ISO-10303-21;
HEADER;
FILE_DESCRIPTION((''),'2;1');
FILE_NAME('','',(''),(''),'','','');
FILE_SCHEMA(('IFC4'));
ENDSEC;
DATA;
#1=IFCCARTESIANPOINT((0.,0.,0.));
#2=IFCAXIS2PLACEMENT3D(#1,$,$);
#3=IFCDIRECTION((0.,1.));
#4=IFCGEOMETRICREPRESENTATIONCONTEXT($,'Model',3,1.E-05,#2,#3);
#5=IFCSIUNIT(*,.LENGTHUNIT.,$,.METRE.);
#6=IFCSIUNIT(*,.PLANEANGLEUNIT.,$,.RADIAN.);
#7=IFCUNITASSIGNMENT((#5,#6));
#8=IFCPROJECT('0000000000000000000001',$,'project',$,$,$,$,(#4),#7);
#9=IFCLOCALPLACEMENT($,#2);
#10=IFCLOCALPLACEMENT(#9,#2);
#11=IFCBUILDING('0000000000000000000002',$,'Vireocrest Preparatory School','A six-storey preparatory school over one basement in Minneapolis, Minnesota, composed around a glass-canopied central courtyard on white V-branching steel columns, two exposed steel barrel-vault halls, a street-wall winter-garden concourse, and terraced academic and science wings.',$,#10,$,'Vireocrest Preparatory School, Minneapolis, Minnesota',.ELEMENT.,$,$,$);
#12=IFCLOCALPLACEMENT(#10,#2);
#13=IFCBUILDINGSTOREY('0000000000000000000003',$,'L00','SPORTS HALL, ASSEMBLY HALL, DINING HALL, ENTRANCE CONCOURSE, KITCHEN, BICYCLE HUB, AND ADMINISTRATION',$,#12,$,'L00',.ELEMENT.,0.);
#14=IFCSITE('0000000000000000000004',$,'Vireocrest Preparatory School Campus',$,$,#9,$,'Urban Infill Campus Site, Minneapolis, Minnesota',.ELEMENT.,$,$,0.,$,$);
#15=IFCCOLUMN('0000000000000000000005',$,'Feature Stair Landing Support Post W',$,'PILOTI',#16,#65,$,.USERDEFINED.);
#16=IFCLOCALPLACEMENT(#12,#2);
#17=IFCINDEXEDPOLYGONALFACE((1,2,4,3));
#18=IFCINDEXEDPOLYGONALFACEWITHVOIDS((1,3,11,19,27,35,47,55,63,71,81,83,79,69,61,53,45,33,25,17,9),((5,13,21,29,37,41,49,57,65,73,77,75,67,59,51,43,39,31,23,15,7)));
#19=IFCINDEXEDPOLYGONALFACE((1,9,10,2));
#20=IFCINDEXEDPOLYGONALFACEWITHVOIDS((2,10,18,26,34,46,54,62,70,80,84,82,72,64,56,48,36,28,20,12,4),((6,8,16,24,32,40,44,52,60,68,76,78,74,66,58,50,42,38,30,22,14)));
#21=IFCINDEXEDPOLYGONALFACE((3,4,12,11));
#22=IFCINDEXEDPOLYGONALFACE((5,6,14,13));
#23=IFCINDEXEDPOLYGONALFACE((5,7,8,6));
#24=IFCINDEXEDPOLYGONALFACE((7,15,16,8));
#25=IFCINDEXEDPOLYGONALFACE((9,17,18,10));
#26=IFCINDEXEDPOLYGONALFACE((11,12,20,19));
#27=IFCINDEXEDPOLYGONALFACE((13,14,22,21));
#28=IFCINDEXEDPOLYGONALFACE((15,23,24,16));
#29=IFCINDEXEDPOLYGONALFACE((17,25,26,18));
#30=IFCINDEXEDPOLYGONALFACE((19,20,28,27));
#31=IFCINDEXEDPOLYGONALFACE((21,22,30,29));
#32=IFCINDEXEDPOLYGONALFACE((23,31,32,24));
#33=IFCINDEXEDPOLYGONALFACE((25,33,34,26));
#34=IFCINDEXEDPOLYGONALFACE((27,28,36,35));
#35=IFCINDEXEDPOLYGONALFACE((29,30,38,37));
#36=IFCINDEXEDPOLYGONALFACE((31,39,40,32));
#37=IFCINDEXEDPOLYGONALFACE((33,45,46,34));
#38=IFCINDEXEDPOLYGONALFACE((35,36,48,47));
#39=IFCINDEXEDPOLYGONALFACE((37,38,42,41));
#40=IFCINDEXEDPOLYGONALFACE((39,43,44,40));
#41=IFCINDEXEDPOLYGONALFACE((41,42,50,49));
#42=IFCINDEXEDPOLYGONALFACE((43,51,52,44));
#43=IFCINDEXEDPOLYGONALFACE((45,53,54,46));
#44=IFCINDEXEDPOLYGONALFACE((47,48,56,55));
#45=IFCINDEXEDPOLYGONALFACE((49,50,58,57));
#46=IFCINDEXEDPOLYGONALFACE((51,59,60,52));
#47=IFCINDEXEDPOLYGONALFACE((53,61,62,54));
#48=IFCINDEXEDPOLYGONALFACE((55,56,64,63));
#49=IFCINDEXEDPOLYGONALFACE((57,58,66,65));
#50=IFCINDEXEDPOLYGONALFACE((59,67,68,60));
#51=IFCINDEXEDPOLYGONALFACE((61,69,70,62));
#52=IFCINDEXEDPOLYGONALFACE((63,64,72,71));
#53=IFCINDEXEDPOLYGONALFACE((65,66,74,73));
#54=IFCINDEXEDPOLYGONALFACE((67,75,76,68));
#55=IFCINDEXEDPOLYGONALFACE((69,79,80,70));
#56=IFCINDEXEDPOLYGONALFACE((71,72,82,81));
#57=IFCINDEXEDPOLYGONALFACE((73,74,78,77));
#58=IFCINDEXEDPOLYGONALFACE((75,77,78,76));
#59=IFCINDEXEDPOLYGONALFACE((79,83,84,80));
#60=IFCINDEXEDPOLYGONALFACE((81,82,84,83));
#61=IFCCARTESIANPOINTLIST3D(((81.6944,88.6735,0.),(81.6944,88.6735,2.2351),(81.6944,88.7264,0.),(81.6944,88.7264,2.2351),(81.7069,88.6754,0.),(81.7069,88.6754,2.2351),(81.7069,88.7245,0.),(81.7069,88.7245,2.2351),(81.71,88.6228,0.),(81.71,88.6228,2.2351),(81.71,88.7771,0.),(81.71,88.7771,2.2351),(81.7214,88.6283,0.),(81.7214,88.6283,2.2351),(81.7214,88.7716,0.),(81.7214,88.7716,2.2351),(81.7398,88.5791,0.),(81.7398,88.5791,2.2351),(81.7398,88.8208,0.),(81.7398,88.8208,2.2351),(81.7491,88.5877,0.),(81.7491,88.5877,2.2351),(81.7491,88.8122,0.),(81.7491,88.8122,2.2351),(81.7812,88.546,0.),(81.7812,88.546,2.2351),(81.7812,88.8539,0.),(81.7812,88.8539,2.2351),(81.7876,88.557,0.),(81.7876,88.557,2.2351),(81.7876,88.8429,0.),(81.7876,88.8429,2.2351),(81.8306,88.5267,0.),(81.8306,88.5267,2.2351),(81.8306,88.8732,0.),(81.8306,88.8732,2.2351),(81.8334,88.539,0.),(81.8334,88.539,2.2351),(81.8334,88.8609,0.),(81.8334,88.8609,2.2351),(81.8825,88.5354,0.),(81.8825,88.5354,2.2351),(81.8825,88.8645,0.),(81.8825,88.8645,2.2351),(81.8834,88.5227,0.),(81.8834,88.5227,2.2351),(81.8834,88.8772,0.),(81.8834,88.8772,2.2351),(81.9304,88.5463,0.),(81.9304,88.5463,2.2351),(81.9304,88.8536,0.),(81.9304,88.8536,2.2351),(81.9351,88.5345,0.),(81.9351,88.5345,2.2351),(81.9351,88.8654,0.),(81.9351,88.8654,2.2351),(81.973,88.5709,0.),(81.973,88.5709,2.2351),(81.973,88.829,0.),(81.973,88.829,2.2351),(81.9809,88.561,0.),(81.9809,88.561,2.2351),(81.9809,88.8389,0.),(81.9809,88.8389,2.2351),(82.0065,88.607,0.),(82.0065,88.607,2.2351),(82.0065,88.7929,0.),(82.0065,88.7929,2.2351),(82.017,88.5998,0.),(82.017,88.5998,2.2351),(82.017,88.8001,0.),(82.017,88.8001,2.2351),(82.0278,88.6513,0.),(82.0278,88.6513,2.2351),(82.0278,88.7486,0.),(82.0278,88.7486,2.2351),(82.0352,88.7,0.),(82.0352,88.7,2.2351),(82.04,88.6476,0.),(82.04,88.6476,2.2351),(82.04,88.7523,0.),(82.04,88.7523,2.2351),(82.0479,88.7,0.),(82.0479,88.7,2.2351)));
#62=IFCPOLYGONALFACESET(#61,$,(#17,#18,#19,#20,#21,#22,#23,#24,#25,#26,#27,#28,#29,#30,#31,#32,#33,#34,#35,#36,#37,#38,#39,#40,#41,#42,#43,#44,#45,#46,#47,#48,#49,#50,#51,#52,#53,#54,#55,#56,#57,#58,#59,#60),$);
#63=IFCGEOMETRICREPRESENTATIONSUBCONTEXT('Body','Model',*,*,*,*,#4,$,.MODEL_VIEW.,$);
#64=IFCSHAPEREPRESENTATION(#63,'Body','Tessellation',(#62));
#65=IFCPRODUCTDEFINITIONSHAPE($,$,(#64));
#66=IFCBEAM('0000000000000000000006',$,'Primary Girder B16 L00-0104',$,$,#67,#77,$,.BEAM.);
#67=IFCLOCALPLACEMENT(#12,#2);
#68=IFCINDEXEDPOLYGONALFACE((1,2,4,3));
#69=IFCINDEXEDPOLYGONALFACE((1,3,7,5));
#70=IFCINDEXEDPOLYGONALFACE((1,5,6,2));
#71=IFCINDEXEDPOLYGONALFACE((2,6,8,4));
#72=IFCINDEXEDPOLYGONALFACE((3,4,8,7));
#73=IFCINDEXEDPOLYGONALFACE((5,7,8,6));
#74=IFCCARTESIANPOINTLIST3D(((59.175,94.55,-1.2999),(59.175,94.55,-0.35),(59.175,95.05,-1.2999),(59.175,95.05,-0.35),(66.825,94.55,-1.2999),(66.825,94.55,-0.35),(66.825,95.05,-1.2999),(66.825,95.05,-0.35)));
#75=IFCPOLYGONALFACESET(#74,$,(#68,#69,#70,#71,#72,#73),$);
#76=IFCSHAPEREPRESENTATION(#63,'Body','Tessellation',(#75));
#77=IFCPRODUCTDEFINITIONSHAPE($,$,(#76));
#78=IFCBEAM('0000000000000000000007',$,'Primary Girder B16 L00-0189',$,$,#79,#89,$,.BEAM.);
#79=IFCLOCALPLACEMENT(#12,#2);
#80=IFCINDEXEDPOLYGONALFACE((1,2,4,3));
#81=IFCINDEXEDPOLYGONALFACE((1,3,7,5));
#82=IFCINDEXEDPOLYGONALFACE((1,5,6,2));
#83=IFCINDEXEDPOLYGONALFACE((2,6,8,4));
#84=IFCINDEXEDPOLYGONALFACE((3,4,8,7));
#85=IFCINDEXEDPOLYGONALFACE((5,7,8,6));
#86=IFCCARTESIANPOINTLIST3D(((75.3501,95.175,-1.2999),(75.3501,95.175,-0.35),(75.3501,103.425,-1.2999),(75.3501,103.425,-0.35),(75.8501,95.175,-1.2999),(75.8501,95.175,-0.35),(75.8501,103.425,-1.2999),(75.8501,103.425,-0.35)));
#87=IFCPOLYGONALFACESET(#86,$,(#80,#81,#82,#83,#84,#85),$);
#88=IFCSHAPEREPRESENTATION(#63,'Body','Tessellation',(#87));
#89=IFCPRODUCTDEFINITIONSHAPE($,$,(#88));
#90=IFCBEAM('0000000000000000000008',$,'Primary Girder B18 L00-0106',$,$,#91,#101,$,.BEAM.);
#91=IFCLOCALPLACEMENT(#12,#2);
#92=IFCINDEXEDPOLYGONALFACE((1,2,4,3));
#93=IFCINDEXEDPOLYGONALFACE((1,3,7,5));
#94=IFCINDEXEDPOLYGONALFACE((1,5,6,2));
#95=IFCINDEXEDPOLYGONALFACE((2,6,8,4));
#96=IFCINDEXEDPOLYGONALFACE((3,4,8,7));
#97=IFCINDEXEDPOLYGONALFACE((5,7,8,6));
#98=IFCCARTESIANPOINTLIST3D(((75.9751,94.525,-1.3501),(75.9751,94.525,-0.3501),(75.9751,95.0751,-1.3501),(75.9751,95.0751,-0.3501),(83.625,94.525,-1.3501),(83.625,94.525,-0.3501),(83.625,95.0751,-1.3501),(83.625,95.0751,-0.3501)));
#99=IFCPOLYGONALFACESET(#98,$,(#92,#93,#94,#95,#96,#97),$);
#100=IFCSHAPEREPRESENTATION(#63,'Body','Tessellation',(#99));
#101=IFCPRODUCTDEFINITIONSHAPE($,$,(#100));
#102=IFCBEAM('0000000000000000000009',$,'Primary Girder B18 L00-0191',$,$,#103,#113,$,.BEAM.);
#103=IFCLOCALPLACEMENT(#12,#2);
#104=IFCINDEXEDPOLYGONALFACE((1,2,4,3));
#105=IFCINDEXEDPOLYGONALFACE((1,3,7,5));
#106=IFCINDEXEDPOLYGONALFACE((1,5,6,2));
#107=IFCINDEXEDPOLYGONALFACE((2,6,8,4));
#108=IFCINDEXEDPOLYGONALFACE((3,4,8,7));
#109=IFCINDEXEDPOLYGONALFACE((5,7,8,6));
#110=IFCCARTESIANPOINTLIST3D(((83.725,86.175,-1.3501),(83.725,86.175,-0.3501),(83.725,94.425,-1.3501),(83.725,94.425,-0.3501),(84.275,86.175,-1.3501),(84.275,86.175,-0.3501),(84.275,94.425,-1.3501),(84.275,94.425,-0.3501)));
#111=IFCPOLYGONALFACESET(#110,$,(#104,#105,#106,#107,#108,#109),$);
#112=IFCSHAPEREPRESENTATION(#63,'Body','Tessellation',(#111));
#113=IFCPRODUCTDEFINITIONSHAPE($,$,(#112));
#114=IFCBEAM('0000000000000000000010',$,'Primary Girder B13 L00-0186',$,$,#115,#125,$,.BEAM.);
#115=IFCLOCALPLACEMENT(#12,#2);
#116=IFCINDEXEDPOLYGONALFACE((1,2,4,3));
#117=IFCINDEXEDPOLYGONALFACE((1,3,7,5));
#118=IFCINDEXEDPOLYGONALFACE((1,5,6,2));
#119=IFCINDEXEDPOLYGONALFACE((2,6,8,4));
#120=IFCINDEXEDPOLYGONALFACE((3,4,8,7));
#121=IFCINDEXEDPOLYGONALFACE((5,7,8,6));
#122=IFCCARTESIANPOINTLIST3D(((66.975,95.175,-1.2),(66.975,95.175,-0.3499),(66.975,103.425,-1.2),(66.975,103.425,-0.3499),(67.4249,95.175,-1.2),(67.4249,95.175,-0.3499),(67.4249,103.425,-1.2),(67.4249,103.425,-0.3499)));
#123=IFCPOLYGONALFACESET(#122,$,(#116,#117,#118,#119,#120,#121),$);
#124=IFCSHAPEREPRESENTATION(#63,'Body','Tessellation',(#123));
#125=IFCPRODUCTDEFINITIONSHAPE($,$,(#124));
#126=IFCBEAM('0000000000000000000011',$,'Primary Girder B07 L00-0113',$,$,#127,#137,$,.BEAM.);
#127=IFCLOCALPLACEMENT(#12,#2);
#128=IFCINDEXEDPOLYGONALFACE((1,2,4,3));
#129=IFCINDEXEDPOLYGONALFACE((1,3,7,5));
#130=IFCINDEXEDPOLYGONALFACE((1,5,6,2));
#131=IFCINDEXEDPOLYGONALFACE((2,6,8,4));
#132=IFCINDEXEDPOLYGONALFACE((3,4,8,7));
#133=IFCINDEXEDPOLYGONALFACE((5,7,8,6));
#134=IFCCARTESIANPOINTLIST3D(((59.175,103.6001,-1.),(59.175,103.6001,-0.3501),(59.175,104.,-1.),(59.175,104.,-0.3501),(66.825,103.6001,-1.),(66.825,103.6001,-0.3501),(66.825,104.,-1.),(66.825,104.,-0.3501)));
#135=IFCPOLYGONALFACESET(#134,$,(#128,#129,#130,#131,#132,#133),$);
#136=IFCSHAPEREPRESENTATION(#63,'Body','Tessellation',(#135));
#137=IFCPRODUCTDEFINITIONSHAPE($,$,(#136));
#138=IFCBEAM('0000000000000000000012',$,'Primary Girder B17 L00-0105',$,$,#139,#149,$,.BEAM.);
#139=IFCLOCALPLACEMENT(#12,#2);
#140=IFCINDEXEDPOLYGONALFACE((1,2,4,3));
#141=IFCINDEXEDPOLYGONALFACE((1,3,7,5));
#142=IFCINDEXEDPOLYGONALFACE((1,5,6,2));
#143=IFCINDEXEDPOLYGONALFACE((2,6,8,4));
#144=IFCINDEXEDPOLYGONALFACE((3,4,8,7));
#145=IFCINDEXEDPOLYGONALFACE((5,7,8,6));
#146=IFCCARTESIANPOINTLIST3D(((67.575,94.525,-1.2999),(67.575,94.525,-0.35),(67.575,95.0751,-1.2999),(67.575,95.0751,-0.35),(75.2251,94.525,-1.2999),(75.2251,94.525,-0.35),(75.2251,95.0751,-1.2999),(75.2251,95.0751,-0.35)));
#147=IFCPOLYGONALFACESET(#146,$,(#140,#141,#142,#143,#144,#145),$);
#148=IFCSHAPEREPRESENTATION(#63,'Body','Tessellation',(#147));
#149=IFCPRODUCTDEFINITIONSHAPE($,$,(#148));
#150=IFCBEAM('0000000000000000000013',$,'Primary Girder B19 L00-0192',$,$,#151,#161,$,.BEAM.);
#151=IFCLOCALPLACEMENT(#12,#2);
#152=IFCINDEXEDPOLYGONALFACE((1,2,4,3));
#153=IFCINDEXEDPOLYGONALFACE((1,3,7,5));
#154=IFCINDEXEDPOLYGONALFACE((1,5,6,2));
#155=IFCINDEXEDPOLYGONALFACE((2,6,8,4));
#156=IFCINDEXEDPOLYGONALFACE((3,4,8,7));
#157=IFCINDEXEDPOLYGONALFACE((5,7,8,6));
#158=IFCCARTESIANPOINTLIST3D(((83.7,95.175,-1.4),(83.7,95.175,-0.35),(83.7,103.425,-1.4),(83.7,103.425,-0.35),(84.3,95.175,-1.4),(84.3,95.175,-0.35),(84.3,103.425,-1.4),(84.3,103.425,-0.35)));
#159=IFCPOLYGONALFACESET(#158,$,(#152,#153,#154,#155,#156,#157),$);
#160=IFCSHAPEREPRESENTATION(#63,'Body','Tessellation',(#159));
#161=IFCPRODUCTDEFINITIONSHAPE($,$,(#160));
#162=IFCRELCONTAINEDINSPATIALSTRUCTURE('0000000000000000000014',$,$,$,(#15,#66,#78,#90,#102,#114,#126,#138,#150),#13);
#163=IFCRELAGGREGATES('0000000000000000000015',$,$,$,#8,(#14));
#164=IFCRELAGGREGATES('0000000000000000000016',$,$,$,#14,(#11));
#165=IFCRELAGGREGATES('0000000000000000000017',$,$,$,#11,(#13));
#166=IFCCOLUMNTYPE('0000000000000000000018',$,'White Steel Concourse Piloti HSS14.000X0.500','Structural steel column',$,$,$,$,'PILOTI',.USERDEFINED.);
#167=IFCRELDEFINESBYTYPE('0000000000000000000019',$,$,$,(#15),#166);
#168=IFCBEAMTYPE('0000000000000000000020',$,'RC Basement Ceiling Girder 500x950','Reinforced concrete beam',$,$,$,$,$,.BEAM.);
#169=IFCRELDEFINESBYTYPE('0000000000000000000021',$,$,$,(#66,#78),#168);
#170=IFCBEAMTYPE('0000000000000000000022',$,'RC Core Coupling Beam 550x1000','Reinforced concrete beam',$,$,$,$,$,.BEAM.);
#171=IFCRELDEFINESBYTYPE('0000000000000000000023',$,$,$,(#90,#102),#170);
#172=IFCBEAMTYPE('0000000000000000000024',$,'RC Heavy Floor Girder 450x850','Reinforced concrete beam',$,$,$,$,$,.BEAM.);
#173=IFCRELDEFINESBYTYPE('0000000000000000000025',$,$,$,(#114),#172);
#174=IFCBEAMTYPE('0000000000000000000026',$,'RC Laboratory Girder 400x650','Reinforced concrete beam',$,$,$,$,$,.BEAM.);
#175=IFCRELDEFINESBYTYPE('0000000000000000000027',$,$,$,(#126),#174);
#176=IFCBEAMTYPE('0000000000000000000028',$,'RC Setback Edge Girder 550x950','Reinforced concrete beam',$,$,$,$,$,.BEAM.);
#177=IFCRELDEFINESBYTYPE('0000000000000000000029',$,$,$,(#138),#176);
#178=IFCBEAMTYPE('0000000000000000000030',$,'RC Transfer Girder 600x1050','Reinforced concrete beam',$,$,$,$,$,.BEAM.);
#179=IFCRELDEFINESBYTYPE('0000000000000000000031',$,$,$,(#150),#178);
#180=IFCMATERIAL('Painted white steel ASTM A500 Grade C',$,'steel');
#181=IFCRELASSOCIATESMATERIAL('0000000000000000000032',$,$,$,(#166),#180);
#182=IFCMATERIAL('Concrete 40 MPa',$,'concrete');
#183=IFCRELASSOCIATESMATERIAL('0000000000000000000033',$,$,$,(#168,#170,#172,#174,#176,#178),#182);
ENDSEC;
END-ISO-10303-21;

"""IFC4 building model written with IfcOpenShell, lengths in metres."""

from ifc_helpers import new_model, si_unit, direction, frame, origin, origin_2d, place, context, subcontext, project, spatial, rectangle, hollow_circle, extrude, material, material_profile, profile_set, type_object, element, save


model = new_model("IFC4")

# Units and contexts
model_context = context("Model", 3, precision=1e-05, world=origin(), true_north=direction((0.0, 1.0)))
body_context = subcontext(model_context, "Body", "Model", "MODEL_VIEW")
ifc_project = project(units=[si_unit("LENGTHUNIT", "METRE"), si_unit("PLANEANGLEUNIT", "RADIAN")], contexts=[model_context])

# Site, building, storey
site_placement = place(None, origin())
site = spatial("IfcSite", under=ifc_project, at=site_placement, Name="Vireocrest Preparatory School Campus", LongName="Urban Infill Campus Site, Minneapolis, Minnesota", CompositionType="ELEMENT", RefElevation=0.0)
building_placement = place(site_placement, origin())
building = spatial("IfcBuilding", under=site, at=building_placement, Name="Vireocrest Preparatory School", Description="A six-storey preparatory school over one basement in Minneapolis, Minnesota, composed around a glass-canopied central courtyard on white V-branching steel columns, two exposed steel barrel-vault halls, a street-wall winter-garden concourse, and terraced academic and science wings.", LongName="Vireocrest Preparatory School, Minneapolis, Minnesota", CompositionType="ELEMENT")
storey_placement = place(building_placement, origin())
storey = spatial("IfcBuildingStorey", under=building, at=storey_placement, Name="L00", Description="SPORTS HALL, ASSEMBLY HALL, DINING HALL, ENTRANCE CONCOURSE, KITCHEN, BICYCLE HUB, AND ADMINISTRATION", LongName="L00", CompositionType="ELEMENT", Elevation=0.0)

# Column
ifc_material_1 = material(Name="Painted white steel ASTM A500 Grade C", Category="steel")
ifc_material_profile_1 = material_profile(ifc_material_1, hollow_circle(Radius=0.1777, WallThickness=0.0127, at=origin_2d()), Name="HSS14.000X0.500")
ifc_profile_set_1 = profile_set([ifc_material_profile_1], Name="Painted white steel ASTM A500 Grade C")
column_type_1 = type_object("IfcColumnType", Name="White Steel Concourse Piloti HSS14.000X0.500", Description="Structural steel column", ElementType="PILOTI", PredefinedType="USERDEFINED", material=ifc_profile_set_1)
for number, where, z_axis, x_axis, name in (
    (1, (81.8701, 88.7, 0.0), (0.0, 0.0, 1.0), (1.0, 0.0, 0.0), "Feature Stair Landing Support Post W"),
):
    element("IfcColumn", number, at=place(storey_placement, frame(where, z_axis=z_axis, x_axis=x_axis)), inside=storey, type_object=column_type_1, Name=name, ObjectType="PILOTI", PredefinedType="USERDEFINED", context=body_context, shape_type="SweptSolid", body=[
        extrude(hollow_circle(Radius=0.1777, WallThickness=0.0127, at=origin_2d()), origin(), (0.0, 0.0, 1.0), 2.2351),
    ])

# Beams
ifc_material_2 = material(Name="Concrete 40 MPa", Category="concrete")
ifc_material_profile_2 = material_profile(ifc_material_2, rectangle(XDim=0.5, YDim=0.95, at=origin_2d()), Name="RC 500x950")
ifc_profile_set_2 = profile_set([ifc_material_profile_2], Name="Concrete 40 MPa")
beam_type_1 = type_object("IfcBeamType", Name="RC Basement Ceiling Girder 500x950", Description="Reinforced concrete beam", PredefinedType="BEAM", material=ifc_profile_set_2)
beam_1_placement = place(storey_placement, frame((59.175, 94.8, -0.825), z_axis=(1.0, 0.0, 0.0), x_axis=(0.0, 1.0, 0.0)))
element("IfcBeam", 2, at=beam_1_placement, inside=storey, type_object=beam_type_1, Name="Primary Girder B16 L00-0104", PredefinedType="BEAM", context=body_context, shape_type="SweptSolid", body=[
    extrude(rectangle(XDim=0.5, YDim=0.95, at=origin_2d()), origin(), (0.0, 0.0, 1.0), 7.6499),
])
beam_2_placement = place(storey_placement, frame((75.6001, 95.175, -0.825), z_axis=(0.0, 1.0, 0.0), x_axis=(-1.0, 0.0, 0.0)))
element("IfcBeam", 3, at=beam_2_placement, inside=storey, type_object=beam_type_1, Name="Primary Girder B16 L00-0189", PredefinedType="BEAM", context=body_context, shape_type="SweptSolid", body=[
    extrude(rectangle(XDim=0.5, YDim=0.95, at=origin_2d()), origin(), (0.0, 0.0, 1.0), 8.25),
])
ifc_material_profile_3 = material_profile(ifc_material_2, rectangle(XDim=0.55, YDim=1.0, at=origin_2d()), Name="RC 550x1000")
ifc_profile_set_3 = profile_set([ifc_material_profile_3], Name="Concrete 40 MPa")
beam_type_2 = type_object("IfcBeamType", Name="RC Core Coupling Beam 550x1000", Description="Reinforced concrete beam", PredefinedType="BEAM", material=ifc_profile_set_3)
beam_3_placement = place(storey_placement, frame((75.9751, 94.8, -0.8501), z_axis=(1.0, 0.0, 0.0), x_axis=(0.0, 1.0, 0.0)))
element("IfcBeam", 4, at=beam_3_placement, inside=storey, type_object=beam_type_2, Name="Primary Girder B18 L00-0106", PredefinedType="BEAM", context=body_context, shape_type="SweptSolid", body=[
    extrude(rectangle(XDim=0.55, YDim=1.0, at=origin_2d()), origin(), (0.0, 0.0, 1.0), 7.6499),
])
beam_4_placement = place(storey_placement, frame((84.0, 86.175, -0.8501), z_axis=(0.0, 1.0, 0.0), x_axis=(-1.0, 0.0, 0.0)))
element("IfcBeam", 5, at=beam_4_placement, inside=storey, type_object=beam_type_2, Name="Primary Girder B18 L00-0191", PredefinedType="BEAM", context=body_context, shape_type="SweptSolid", body=[
    extrude(rectangle(XDim=0.55, YDim=1.0, at=origin_2d()), origin(), (0.0, 0.0, 1.0), 8.25),
])
ifc_material_profile_4 = material_profile(ifc_material_2, rectangle(XDim=0.45, YDim=0.8501, at=origin_2d()), Name="RC 450x850")
ifc_profile_set_4 = profile_set([ifc_material_profile_4], Name="Concrete 40 MPa")
beam_type_3 = type_object("IfcBeamType", Name="RC Heavy Floor Girder 450x850", Description="Reinforced concrete beam", PredefinedType="BEAM", material=ifc_profile_set_4)
beam_5_placement = place(storey_placement, frame((67.2, 95.175, -0.7749), z_axis=(0.0, 1.0, 0.0), x_axis=(-1.0, 0.0, 0.0)))
element("IfcBeam", 6, at=beam_5_placement, inside=storey, type_object=beam_type_3, Name="Primary Girder B13 L00-0186", PredefinedType="BEAM", context=body_context, shape_type="SweptSolid", body=[
    extrude(rectangle(XDim=0.45, YDim=0.8501, at=origin_2d()), origin(), (0.0, 0.0, 1.0), 8.25),
])
ifc_material_profile_5 = material_profile(ifc_material_2, rectangle(XDim=0.3999, YDim=0.6499, at=origin_2d()), Name="RC 400x650")
ifc_profile_set_5 = profile_set([ifc_material_profile_5], Name="Concrete 40 MPa")
beam_type_4 = type_object("IfcBeamType", Name="RC Laboratory Girder 400x650", Description="Reinforced concrete beam", PredefinedType="BEAM", material=ifc_profile_set_5)
beam_6_placement = place(storey_placement, frame((59.175, 103.8, -0.675), z_axis=(1.0, 0.0, 0.0), x_axis=(0.0, 1.0, 0.0)))
element("IfcBeam", 7, at=beam_6_placement, inside=storey, type_object=beam_type_4, Name="Primary Girder B07 L00-0113", PredefinedType="BEAM", context=body_context, shape_type="SweptSolid", body=[
    extrude(rectangle(XDim=0.3999, YDim=0.6499, at=origin_2d()), origin(), (0.0, 0.0, 1.0), 7.6499),
])
ifc_material_profile_6 = material_profile(ifc_material_2, rectangle(XDim=0.55, YDim=0.95, at=origin_2d()), Name="RC 550x950")
ifc_profile_set_6 = profile_set([ifc_material_profile_6], Name="Concrete 40 MPa")
beam_type_5 = type_object("IfcBeamType", Name="RC Setback Edge Girder 550x950", Description="Reinforced concrete beam", PredefinedType="BEAM", material=ifc_profile_set_6)
beam_7_placement = place(storey_placement, frame((67.575, 94.8, -0.825), z_axis=(1.0, 0.0, 0.0), x_axis=(0.0, 1.0, 0.0)))
element("IfcBeam", 8, at=beam_7_placement, inside=storey, type_object=beam_type_5, Name="Primary Girder B17 L00-0105", PredefinedType="BEAM", context=body_context, shape_type="SweptSolid", body=[
    extrude(rectangle(XDim=0.55, YDim=0.95, at=origin_2d()), origin(), (0.0, 0.0, 1.0), 7.6501),
])
ifc_material_profile_7 = material_profile(ifc_material_2, rectangle(XDim=0.6001, YDim=1.05, at=origin_2d()), Name="RC 600x1050")
ifc_profile_set_7 = profile_set([ifc_material_profile_7], Name="Concrete 40 MPa")
beam_type_6 = type_object("IfcBeamType", Name="RC Transfer Girder 600x1050", Description="Reinforced concrete beam", PredefinedType="BEAM", material=ifc_profile_set_7)
beam_8_placement = place(storey_placement, frame((84.0, 95.175, -0.875), z_axis=(0.0, 1.0, 0.0), x_axis=(-1.0, 0.0, 0.0)))
element("IfcBeam", 9, at=beam_8_placement, inside=storey, type_object=beam_type_6, Name="Primary Girder B19 L00-0192", PredefinedType="BEAM", context=body_context, shape_type="SweptSolid", body=[
    extrude(rectangle(XDim=0.6001, YDim=1.05, at=origin_2d()), origin(), (0.0, 0.0, 1.0), 8.25),
])

save(model, "model.ifc")
